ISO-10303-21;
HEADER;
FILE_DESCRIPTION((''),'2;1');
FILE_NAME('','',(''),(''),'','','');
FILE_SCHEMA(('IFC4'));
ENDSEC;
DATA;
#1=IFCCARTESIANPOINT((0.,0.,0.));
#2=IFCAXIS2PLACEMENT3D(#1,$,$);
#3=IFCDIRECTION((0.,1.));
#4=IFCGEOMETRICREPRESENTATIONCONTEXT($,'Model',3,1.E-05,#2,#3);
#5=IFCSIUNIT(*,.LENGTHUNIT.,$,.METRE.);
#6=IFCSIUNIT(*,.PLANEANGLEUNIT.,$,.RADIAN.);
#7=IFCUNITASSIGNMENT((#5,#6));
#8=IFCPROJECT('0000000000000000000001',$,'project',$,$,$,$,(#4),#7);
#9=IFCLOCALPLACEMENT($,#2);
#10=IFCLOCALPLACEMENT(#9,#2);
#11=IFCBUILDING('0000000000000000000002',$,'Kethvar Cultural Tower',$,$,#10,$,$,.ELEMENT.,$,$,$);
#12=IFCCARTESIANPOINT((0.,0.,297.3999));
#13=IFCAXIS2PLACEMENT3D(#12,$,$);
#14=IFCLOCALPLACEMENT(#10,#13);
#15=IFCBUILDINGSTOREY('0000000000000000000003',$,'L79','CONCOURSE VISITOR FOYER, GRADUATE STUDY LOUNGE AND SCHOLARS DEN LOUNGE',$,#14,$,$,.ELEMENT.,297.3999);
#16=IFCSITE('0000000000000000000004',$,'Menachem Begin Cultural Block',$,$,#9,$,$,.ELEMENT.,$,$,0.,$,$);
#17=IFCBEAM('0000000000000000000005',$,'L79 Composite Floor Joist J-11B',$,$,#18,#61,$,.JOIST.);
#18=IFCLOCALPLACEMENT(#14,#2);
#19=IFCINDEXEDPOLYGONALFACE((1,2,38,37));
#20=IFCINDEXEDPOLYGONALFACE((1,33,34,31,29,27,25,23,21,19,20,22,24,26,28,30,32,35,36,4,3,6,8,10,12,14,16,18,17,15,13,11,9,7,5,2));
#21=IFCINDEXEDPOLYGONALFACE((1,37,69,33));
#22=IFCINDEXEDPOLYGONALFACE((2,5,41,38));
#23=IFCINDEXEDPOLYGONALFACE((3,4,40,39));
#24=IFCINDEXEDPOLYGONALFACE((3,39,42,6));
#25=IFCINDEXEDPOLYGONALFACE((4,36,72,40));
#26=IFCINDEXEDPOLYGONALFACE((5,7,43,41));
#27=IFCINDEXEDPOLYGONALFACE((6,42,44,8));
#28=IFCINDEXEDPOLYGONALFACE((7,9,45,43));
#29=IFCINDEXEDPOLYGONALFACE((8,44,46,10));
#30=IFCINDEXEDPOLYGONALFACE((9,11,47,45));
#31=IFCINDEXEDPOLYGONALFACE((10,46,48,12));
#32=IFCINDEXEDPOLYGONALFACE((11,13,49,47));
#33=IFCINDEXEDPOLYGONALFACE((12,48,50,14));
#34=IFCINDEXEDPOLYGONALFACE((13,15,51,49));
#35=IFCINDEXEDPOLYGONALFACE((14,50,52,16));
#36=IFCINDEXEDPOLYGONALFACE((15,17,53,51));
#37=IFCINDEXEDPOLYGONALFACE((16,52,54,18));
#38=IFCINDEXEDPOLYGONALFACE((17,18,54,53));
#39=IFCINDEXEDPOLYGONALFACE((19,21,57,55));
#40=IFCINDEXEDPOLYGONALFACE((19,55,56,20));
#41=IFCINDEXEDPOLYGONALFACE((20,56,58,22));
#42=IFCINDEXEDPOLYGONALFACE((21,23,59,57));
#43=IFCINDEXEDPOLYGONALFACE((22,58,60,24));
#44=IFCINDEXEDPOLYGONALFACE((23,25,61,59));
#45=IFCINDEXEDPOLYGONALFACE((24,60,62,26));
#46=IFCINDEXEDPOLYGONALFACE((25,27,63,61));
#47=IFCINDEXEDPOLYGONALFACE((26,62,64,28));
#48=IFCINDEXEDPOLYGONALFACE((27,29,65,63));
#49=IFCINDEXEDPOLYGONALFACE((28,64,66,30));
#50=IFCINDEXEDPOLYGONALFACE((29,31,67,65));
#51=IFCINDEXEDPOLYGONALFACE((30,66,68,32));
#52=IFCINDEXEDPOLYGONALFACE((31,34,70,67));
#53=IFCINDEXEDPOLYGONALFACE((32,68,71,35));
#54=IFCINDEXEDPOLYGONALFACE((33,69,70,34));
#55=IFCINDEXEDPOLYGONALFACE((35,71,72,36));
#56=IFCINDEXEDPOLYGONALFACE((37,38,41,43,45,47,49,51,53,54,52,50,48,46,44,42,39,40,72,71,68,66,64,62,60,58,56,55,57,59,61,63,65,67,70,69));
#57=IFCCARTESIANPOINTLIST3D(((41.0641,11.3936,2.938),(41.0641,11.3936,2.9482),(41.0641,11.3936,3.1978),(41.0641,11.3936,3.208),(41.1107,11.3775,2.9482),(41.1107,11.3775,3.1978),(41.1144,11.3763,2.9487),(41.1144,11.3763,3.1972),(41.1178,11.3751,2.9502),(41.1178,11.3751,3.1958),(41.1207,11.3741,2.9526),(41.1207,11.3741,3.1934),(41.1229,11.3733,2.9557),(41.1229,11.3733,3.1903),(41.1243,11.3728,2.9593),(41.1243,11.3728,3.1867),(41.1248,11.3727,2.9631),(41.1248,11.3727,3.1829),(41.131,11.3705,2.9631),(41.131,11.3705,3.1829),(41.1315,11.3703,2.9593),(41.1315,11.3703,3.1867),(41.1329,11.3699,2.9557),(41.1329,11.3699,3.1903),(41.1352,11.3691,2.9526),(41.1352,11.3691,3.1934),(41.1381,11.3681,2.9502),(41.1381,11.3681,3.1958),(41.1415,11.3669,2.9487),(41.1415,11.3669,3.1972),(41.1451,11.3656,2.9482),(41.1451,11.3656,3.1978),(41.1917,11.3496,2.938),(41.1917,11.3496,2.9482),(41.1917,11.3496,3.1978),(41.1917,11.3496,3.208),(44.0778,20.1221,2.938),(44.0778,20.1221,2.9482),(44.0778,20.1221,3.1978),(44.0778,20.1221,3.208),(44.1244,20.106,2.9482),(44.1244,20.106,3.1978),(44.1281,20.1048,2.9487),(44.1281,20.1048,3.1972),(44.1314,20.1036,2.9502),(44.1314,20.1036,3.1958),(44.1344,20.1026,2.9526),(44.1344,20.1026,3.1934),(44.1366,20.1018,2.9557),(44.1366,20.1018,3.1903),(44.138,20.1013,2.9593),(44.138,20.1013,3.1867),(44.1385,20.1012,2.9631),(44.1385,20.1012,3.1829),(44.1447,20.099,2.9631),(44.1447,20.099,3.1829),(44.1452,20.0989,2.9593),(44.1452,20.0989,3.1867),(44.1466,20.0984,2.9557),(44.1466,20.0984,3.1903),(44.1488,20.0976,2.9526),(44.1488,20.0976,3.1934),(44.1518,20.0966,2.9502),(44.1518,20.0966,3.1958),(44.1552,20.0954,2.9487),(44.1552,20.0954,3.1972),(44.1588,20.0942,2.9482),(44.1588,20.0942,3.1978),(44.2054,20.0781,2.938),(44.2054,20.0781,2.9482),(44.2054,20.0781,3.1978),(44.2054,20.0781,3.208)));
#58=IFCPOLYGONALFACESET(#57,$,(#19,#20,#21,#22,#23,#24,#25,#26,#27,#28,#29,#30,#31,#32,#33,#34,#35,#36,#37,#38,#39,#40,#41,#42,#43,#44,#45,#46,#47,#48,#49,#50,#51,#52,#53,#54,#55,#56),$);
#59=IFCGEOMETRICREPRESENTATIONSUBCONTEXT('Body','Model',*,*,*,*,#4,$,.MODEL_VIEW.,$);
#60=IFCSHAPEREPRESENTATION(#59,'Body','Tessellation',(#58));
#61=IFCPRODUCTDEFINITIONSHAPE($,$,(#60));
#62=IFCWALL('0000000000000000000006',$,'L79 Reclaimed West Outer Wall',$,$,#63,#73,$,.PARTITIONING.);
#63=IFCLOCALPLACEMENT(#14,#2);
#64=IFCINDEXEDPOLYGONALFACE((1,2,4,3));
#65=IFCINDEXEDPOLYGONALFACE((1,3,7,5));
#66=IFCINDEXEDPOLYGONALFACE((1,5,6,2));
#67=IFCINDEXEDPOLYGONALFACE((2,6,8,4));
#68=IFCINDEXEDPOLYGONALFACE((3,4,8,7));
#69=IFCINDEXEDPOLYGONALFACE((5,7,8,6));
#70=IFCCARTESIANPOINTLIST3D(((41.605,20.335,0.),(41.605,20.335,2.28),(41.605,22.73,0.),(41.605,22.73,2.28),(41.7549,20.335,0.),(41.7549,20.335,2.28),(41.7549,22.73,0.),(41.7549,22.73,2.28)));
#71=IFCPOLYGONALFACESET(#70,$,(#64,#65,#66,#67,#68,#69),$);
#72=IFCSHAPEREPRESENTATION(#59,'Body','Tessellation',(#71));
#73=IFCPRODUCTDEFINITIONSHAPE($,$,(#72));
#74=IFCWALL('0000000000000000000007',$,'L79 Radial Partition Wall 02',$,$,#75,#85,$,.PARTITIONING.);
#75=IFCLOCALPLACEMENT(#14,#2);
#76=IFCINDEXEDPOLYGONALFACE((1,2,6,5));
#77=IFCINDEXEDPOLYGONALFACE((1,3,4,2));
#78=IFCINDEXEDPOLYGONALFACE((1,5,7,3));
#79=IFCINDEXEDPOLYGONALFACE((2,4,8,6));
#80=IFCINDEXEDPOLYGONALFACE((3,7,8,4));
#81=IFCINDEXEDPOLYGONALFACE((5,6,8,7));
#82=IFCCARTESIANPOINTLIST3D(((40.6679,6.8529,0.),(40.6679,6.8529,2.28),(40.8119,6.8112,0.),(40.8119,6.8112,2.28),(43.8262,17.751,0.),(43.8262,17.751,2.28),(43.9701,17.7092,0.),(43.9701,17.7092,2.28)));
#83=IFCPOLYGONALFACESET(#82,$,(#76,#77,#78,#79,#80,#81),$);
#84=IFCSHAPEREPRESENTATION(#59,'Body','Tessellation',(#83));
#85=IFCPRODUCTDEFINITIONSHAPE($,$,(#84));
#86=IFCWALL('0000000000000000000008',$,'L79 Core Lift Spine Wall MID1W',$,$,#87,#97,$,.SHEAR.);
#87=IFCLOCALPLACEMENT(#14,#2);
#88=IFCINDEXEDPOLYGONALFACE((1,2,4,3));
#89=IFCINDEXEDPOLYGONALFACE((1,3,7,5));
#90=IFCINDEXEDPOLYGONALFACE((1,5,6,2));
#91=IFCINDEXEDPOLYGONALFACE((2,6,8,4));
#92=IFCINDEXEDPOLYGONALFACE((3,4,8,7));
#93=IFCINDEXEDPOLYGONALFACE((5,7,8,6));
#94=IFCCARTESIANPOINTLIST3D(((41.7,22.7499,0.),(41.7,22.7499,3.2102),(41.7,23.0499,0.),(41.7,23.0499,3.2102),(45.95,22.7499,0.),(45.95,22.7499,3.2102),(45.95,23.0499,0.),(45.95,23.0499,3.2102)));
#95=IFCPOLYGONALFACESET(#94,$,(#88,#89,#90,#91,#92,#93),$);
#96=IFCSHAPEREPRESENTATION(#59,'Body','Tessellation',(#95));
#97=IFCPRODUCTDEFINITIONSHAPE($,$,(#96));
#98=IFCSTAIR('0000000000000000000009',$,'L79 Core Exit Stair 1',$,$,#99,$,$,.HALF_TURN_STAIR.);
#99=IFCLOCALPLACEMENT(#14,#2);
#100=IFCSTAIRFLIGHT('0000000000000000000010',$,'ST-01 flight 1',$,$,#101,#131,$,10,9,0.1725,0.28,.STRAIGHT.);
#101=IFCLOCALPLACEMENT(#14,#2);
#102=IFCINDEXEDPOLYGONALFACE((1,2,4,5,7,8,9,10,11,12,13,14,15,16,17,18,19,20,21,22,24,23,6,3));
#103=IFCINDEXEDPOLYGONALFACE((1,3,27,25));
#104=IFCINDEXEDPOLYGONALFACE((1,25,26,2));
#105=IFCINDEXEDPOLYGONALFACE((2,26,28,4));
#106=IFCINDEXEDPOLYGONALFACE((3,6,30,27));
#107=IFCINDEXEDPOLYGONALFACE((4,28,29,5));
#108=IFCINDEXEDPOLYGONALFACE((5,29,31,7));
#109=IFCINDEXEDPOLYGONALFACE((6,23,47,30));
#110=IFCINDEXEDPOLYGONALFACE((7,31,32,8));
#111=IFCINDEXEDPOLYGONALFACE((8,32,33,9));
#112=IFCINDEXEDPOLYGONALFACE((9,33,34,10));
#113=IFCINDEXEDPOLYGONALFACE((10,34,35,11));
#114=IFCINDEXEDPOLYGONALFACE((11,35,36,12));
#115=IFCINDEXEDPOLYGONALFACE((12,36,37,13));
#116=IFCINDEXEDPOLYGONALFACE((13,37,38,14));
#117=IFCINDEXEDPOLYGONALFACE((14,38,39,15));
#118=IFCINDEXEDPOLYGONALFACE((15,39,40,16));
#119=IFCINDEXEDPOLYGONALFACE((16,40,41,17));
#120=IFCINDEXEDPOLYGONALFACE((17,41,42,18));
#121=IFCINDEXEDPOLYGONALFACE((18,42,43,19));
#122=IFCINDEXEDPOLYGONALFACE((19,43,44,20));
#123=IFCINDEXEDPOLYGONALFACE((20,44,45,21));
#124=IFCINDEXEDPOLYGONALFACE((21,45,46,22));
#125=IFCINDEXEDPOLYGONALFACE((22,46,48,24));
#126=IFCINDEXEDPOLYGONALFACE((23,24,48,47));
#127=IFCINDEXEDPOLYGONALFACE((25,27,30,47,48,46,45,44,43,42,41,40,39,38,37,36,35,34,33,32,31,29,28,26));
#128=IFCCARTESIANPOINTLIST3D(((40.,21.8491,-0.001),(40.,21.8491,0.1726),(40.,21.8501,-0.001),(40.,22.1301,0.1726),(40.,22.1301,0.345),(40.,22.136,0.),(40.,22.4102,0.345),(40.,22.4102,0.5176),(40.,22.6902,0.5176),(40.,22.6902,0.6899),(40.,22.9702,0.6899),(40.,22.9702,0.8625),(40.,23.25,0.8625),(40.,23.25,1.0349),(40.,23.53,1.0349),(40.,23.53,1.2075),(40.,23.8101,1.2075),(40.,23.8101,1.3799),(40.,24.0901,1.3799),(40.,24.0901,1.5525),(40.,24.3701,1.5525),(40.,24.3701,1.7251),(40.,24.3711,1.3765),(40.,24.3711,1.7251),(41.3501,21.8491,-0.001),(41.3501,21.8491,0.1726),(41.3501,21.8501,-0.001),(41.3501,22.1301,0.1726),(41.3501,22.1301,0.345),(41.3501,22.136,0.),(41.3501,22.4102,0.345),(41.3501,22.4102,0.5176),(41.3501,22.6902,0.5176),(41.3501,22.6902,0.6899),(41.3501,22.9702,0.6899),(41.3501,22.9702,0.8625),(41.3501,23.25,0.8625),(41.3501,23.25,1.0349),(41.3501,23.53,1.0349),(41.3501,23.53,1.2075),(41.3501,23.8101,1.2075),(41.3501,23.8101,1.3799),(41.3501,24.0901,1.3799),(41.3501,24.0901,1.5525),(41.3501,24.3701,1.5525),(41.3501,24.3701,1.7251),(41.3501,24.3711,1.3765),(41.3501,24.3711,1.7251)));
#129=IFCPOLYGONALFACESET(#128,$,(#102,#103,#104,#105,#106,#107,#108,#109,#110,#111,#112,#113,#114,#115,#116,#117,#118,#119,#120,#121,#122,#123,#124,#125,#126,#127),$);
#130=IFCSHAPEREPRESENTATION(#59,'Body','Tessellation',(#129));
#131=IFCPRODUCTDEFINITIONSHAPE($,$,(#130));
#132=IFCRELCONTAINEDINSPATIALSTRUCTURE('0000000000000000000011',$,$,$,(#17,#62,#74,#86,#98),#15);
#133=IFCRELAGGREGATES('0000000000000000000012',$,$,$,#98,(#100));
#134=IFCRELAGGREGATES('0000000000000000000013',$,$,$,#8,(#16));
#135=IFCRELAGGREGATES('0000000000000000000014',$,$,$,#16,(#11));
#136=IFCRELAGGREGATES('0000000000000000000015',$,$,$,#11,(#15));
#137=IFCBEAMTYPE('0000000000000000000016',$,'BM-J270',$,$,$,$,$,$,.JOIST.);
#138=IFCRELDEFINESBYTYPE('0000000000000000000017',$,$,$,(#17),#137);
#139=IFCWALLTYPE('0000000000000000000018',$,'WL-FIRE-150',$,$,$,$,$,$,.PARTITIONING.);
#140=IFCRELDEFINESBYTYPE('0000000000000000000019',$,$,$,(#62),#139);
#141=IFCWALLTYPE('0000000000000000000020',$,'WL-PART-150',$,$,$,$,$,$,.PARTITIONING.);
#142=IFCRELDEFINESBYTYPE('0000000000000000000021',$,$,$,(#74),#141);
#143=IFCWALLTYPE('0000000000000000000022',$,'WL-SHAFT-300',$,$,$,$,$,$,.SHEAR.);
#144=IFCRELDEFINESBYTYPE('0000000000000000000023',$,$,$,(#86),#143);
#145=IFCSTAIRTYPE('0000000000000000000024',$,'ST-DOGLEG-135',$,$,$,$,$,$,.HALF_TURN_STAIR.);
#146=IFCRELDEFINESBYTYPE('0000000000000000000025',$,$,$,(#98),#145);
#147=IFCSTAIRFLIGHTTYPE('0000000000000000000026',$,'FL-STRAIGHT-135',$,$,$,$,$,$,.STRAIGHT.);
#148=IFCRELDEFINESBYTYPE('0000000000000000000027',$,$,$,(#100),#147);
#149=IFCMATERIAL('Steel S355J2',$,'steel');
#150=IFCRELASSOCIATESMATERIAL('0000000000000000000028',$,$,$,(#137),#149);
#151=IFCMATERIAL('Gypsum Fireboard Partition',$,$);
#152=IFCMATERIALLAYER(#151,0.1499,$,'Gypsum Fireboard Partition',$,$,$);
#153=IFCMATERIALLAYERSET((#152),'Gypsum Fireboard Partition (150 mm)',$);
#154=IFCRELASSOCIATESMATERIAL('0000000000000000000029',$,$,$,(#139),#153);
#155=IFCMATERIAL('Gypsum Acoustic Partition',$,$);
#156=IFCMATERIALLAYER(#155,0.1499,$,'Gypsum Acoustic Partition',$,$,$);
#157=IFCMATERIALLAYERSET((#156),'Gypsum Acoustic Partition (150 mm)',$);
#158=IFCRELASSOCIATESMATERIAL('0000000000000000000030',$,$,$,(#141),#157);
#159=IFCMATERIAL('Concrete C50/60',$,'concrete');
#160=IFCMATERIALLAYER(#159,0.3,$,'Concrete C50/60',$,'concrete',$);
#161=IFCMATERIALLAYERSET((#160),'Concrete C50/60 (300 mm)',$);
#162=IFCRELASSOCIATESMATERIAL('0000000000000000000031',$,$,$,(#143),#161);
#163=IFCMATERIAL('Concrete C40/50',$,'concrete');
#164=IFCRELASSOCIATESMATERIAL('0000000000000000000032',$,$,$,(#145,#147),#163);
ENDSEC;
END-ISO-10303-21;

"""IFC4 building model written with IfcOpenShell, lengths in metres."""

from ifc_helpers import new_model, si_unit, direction, frame, frame_2d, origin, origin_2d, place, context, subcontext, project, spatial, polyline, rectangle, i_section, outline, extrude, source, transform, mapped, material, layer, layer_set, material_profile, profile_set, type_object, element, aggregate, save


model = new_model("IFC4")

# Units and contexts
model_context = context("Model", 3, precision=1e-05, world=origin(), true_north=direction((0.0, 1.0)))
body_context = subcontext(model_context, "Body", "Model", "MODEL_VIEW")
ifc_project = project(units=[si_unit("LENGTHUNIT", "METRE"), si_unit("PLANEANGLEUNIT", "RADIAN")], contexts=[model_context])

# Site, building, storey
site_placement = place(None, origin())
site = spatial("IfcSite", under=ifc_project, at=site_placement, Name="Menachem Begin Cultural Block", CompositionType="ELEMENT", RefElevation=0.0)
building_placement = place(site_placement, origin())
building = spatial("IfcBuilding", under=site, at=building_placement, Name="Kethvar Cultural Tower", CompositionType="ELEMENT")
storey_placement = place(building_placement, frame((0.0, 0.0, 297.3999)))
storey = spatial("IfcBuildingStorey", under=building, at=storey_placement, Name="L79", Description="CONCOURSE VISITOR FOYER, GRADUATE STUDY LOUNGE AND SCHOLARS DEN LOUNGE", CompositionType="ELEMENT", Elevation=297.3999)

# Beam
ifc_material_1 = material(Name="Steel S355J2", Category="steel")
ifc_material_profile_1 = material_profile(ifc_material_1, i_section(OverallWidth=0.135, OverallDepth=0.27, WebThickness=0.0066, FlangeThickness=0.0103, FilletRadius=0.0149, at=origin_2d()), Name="Steel S355J2 — IPE270")
ifc_profile_set_1 = profile_set([ifc_material_profile_1], Name="Steel S355J2 — IPE270")
beam_type_1 = type_object("IfcBeamType", Name="BM-J270", PredefinedType="JOIST", material=ifc_profile_set_1)
shared_shape_1 = source(origin(), body_context, "Body", "SweptSolid", [
    extrude(i_section(OverallWidth=0.135, OverallDepth=0.27, WebThickness=0.0066, FlangeThickness=0.0103, FilletRadius=0.0149, at=origin_2d()), origin(), (0.0, 0.0, 1.0), 9.2341),
])
beam_1_placement = place(storey_placement, frame((44.1416, 20.1001, 3.073), z_axis=(-0.326362, -0.945245, 0.0), x_axis=(0.945245, -0.326362, 0.0)))
element("IfcBeam", 1, at=beam_1_placement, inside=storey, type_object=beam_type_1, Name="L79 Composite Floor Joist J-11B", PredefinedType="JOIST", context=body_context, shape_type="MappedRepresentation", body=[
    mapped(shared_shape_1, transform((0.0, 0.0, 0.0), scale=1.0)),
])

# Wall
ifc_material_2 = material(Name="Gypsum Fireboard Partition")
ifc_layer_1 = layer(ifc_material_2, 0.1499, Name="Gypsum Fireboard Partition")
ifc_layer_set_1 = layer_set([ifc_layer_1], Name="Gypsum Fireboard Partition (150 mm)")
wall_type_1 = type_object("IfcWallType", Name="WL-FIRE-150", PredefinedType="PARTITIONING", material=ifc_layer_set_1)
wall_1_placement = place(storey_placement, frame((41.6799, 20.335, 0.0), z_axis=(0.0, 0.0, 1.0), x_axis=(0.0, 1.0, 0.0)))
element("IfcWall", 2, at=wall_1_placement, inside=storey, type_object=wall_type_1, Name="L79 Reclaimed West Outer Wall", PredefinedType="PARTITIONING", context=body_context, shape_type="SweptSolid", body=[
    extrude(rectangle(XDim=2.395, YDim=0.1499, at=frame_2d((1.1975, 0.0))), origin(), (0.0, 0.0, 1.0), 2.28),
])

# Walls
ifc_material_3 = material(Name="Gypsum Acoustic Partition")
ifc_layer_2 = layer(ifc_material_3, 0.1499, Name="Gypsum Acoustic Partition")
ifc_layer_set_2 = layer_set([ifc_layer_2], Name="Gypsum Acoustic Partition (150 mm)")
wall_type_2 = type_object("IfcWallType", Name="WL-PART-150", PredefinedType="PARTITIONING", material=ifc_layer_set_2)
wall_2_placement = place(storey_placement, frame((43.8982, 17.7302, 0.0), z_axis=(0.0, 0.0, 1.0), x_axis=(-0.278345, -0.960481, 0.0)))
element("IfcWall", 3, at=wall_2_placement, inside=storey, type_object=wall_type_2, Name="L79 Radial Partition Wall 02", PredefinedType="PARTITIONING", context=body_context, shape_type="SweptSolid", body=[
    extrude(rectangle(XDim=11.3464, YDim=0.1499, at=frame_2d((5.6733, 0.0))), origin(), (0.0, 0.0, 1.0), 2.28),
])
ifc_material_4 = material(Name="Concrete C50/60", Category="concrete")
ifc_layer_3 = layer(ifc_material_4, 0.3, Name="Concrete C50/60", Category="concrete")
ifc_layer_set_3 = layer_set([ifc_layer_3], Name="Concrete C50/60 (300 mm)")
wall_type_3 = type_object("IfcWallType", Name="WL-SHAFT-300", PredefinedType="SHEAR", material=ifc_layer_set_3)
wall_3_placement = place(storey_placement, frame((41.7, 22.8999, 0.0), z_axis=(0.0, 0.0, 1.0), x_axis=(1.0, 0.0, 0.0)))
element("IfcWall", 4, at=wall_3_placement, inside=storey, type_object=wall_type_3, Name="L79 Core Lift Spine Wall MID1W", PredefinedType="SHEAR", context=body_context, shape_type="SweptSolid", body=[
    extrude(rectangle(XDim=4.25, YDim=0.3, at=frame_2d((2.125, 0.0))), origin(), (0.0, 0.0, 1.0), 3.2102),
])

# Stair, stair flight
ifc_material_5 = material(Name="Concrete C40/50", Category="concrete")
stair_type = type_object("IfcStairType", Name="ST-DOGLEG-135", PredefinedType="HALF_TURN_STAIR", material=ifc_material_5)
stair_placement = place(storey_placement, origin())
stair = element("IfcStair", 5, at=stair_placement, inside=storey, type_object=stair_type, Name="L79 Core Exit Stair 1", PredefinedType="HALF_TURN_STAIR")
stair_flight_type = type_object("IfcStairFlightType", Name="FL-STRAIGHT-135", PredefinedType="STRAIGHT", material=ifc_material_5)
stair_flight_placement = place(storey_placement, frame((40.675, 21.8501, 0.0), z_axis=(0.0, 0.0, 1.0), x_axis=(0.0, 1.0, 0.0)))
stair_flight = element("IfcStairFlight", 6, at=stair_flight_placement, type_object=stair_flight_type, Name="ST-01 flight 1", NumberOfRisers=10, NumberOfTreads=9, PredefinedType="STRAIGHT", RiserHeight=0.1725, TreadLength=0.28, context=body_context, shape_type="SweptSolid", body=[
    extrude(outline(polyline([(-0.001, -0.001), (-0.001, 0.1726), (0.28, 0.1726), (0.28, 0.345), (0.5601, 0.345), (0.5601, 0.5176), (0.8401, 0.5176), (0.8401, 0.6899), (1.1201, 0.6899), (1.1201, 0.8625), (1.3999, 0.8625), (1.3999, 1.0349), (1.6799, 1.0349), (1.6799, 1.2075), (1.96, 1.2075), (1.96, 1.3799), (2.24, 1.3799), (2.24, 1.5525), (2.52, 1.5525), (2.52, 1.7251), (2.521, 1.7251), (2.521, 1.3765), (0.2859, 0.0), (0.0, -0.001), (-0.001, -0.001)])), frame((0.0, 0.675, 0.0), z_axis=(0.0, -1.0, 0.0), x_axis=(1.0, 0.0, 0.0)), (0.0, 0.0, 1.0), 1.3501),
])
aggregate(stair, [stair_flight])

save(model, "model.ifc")
